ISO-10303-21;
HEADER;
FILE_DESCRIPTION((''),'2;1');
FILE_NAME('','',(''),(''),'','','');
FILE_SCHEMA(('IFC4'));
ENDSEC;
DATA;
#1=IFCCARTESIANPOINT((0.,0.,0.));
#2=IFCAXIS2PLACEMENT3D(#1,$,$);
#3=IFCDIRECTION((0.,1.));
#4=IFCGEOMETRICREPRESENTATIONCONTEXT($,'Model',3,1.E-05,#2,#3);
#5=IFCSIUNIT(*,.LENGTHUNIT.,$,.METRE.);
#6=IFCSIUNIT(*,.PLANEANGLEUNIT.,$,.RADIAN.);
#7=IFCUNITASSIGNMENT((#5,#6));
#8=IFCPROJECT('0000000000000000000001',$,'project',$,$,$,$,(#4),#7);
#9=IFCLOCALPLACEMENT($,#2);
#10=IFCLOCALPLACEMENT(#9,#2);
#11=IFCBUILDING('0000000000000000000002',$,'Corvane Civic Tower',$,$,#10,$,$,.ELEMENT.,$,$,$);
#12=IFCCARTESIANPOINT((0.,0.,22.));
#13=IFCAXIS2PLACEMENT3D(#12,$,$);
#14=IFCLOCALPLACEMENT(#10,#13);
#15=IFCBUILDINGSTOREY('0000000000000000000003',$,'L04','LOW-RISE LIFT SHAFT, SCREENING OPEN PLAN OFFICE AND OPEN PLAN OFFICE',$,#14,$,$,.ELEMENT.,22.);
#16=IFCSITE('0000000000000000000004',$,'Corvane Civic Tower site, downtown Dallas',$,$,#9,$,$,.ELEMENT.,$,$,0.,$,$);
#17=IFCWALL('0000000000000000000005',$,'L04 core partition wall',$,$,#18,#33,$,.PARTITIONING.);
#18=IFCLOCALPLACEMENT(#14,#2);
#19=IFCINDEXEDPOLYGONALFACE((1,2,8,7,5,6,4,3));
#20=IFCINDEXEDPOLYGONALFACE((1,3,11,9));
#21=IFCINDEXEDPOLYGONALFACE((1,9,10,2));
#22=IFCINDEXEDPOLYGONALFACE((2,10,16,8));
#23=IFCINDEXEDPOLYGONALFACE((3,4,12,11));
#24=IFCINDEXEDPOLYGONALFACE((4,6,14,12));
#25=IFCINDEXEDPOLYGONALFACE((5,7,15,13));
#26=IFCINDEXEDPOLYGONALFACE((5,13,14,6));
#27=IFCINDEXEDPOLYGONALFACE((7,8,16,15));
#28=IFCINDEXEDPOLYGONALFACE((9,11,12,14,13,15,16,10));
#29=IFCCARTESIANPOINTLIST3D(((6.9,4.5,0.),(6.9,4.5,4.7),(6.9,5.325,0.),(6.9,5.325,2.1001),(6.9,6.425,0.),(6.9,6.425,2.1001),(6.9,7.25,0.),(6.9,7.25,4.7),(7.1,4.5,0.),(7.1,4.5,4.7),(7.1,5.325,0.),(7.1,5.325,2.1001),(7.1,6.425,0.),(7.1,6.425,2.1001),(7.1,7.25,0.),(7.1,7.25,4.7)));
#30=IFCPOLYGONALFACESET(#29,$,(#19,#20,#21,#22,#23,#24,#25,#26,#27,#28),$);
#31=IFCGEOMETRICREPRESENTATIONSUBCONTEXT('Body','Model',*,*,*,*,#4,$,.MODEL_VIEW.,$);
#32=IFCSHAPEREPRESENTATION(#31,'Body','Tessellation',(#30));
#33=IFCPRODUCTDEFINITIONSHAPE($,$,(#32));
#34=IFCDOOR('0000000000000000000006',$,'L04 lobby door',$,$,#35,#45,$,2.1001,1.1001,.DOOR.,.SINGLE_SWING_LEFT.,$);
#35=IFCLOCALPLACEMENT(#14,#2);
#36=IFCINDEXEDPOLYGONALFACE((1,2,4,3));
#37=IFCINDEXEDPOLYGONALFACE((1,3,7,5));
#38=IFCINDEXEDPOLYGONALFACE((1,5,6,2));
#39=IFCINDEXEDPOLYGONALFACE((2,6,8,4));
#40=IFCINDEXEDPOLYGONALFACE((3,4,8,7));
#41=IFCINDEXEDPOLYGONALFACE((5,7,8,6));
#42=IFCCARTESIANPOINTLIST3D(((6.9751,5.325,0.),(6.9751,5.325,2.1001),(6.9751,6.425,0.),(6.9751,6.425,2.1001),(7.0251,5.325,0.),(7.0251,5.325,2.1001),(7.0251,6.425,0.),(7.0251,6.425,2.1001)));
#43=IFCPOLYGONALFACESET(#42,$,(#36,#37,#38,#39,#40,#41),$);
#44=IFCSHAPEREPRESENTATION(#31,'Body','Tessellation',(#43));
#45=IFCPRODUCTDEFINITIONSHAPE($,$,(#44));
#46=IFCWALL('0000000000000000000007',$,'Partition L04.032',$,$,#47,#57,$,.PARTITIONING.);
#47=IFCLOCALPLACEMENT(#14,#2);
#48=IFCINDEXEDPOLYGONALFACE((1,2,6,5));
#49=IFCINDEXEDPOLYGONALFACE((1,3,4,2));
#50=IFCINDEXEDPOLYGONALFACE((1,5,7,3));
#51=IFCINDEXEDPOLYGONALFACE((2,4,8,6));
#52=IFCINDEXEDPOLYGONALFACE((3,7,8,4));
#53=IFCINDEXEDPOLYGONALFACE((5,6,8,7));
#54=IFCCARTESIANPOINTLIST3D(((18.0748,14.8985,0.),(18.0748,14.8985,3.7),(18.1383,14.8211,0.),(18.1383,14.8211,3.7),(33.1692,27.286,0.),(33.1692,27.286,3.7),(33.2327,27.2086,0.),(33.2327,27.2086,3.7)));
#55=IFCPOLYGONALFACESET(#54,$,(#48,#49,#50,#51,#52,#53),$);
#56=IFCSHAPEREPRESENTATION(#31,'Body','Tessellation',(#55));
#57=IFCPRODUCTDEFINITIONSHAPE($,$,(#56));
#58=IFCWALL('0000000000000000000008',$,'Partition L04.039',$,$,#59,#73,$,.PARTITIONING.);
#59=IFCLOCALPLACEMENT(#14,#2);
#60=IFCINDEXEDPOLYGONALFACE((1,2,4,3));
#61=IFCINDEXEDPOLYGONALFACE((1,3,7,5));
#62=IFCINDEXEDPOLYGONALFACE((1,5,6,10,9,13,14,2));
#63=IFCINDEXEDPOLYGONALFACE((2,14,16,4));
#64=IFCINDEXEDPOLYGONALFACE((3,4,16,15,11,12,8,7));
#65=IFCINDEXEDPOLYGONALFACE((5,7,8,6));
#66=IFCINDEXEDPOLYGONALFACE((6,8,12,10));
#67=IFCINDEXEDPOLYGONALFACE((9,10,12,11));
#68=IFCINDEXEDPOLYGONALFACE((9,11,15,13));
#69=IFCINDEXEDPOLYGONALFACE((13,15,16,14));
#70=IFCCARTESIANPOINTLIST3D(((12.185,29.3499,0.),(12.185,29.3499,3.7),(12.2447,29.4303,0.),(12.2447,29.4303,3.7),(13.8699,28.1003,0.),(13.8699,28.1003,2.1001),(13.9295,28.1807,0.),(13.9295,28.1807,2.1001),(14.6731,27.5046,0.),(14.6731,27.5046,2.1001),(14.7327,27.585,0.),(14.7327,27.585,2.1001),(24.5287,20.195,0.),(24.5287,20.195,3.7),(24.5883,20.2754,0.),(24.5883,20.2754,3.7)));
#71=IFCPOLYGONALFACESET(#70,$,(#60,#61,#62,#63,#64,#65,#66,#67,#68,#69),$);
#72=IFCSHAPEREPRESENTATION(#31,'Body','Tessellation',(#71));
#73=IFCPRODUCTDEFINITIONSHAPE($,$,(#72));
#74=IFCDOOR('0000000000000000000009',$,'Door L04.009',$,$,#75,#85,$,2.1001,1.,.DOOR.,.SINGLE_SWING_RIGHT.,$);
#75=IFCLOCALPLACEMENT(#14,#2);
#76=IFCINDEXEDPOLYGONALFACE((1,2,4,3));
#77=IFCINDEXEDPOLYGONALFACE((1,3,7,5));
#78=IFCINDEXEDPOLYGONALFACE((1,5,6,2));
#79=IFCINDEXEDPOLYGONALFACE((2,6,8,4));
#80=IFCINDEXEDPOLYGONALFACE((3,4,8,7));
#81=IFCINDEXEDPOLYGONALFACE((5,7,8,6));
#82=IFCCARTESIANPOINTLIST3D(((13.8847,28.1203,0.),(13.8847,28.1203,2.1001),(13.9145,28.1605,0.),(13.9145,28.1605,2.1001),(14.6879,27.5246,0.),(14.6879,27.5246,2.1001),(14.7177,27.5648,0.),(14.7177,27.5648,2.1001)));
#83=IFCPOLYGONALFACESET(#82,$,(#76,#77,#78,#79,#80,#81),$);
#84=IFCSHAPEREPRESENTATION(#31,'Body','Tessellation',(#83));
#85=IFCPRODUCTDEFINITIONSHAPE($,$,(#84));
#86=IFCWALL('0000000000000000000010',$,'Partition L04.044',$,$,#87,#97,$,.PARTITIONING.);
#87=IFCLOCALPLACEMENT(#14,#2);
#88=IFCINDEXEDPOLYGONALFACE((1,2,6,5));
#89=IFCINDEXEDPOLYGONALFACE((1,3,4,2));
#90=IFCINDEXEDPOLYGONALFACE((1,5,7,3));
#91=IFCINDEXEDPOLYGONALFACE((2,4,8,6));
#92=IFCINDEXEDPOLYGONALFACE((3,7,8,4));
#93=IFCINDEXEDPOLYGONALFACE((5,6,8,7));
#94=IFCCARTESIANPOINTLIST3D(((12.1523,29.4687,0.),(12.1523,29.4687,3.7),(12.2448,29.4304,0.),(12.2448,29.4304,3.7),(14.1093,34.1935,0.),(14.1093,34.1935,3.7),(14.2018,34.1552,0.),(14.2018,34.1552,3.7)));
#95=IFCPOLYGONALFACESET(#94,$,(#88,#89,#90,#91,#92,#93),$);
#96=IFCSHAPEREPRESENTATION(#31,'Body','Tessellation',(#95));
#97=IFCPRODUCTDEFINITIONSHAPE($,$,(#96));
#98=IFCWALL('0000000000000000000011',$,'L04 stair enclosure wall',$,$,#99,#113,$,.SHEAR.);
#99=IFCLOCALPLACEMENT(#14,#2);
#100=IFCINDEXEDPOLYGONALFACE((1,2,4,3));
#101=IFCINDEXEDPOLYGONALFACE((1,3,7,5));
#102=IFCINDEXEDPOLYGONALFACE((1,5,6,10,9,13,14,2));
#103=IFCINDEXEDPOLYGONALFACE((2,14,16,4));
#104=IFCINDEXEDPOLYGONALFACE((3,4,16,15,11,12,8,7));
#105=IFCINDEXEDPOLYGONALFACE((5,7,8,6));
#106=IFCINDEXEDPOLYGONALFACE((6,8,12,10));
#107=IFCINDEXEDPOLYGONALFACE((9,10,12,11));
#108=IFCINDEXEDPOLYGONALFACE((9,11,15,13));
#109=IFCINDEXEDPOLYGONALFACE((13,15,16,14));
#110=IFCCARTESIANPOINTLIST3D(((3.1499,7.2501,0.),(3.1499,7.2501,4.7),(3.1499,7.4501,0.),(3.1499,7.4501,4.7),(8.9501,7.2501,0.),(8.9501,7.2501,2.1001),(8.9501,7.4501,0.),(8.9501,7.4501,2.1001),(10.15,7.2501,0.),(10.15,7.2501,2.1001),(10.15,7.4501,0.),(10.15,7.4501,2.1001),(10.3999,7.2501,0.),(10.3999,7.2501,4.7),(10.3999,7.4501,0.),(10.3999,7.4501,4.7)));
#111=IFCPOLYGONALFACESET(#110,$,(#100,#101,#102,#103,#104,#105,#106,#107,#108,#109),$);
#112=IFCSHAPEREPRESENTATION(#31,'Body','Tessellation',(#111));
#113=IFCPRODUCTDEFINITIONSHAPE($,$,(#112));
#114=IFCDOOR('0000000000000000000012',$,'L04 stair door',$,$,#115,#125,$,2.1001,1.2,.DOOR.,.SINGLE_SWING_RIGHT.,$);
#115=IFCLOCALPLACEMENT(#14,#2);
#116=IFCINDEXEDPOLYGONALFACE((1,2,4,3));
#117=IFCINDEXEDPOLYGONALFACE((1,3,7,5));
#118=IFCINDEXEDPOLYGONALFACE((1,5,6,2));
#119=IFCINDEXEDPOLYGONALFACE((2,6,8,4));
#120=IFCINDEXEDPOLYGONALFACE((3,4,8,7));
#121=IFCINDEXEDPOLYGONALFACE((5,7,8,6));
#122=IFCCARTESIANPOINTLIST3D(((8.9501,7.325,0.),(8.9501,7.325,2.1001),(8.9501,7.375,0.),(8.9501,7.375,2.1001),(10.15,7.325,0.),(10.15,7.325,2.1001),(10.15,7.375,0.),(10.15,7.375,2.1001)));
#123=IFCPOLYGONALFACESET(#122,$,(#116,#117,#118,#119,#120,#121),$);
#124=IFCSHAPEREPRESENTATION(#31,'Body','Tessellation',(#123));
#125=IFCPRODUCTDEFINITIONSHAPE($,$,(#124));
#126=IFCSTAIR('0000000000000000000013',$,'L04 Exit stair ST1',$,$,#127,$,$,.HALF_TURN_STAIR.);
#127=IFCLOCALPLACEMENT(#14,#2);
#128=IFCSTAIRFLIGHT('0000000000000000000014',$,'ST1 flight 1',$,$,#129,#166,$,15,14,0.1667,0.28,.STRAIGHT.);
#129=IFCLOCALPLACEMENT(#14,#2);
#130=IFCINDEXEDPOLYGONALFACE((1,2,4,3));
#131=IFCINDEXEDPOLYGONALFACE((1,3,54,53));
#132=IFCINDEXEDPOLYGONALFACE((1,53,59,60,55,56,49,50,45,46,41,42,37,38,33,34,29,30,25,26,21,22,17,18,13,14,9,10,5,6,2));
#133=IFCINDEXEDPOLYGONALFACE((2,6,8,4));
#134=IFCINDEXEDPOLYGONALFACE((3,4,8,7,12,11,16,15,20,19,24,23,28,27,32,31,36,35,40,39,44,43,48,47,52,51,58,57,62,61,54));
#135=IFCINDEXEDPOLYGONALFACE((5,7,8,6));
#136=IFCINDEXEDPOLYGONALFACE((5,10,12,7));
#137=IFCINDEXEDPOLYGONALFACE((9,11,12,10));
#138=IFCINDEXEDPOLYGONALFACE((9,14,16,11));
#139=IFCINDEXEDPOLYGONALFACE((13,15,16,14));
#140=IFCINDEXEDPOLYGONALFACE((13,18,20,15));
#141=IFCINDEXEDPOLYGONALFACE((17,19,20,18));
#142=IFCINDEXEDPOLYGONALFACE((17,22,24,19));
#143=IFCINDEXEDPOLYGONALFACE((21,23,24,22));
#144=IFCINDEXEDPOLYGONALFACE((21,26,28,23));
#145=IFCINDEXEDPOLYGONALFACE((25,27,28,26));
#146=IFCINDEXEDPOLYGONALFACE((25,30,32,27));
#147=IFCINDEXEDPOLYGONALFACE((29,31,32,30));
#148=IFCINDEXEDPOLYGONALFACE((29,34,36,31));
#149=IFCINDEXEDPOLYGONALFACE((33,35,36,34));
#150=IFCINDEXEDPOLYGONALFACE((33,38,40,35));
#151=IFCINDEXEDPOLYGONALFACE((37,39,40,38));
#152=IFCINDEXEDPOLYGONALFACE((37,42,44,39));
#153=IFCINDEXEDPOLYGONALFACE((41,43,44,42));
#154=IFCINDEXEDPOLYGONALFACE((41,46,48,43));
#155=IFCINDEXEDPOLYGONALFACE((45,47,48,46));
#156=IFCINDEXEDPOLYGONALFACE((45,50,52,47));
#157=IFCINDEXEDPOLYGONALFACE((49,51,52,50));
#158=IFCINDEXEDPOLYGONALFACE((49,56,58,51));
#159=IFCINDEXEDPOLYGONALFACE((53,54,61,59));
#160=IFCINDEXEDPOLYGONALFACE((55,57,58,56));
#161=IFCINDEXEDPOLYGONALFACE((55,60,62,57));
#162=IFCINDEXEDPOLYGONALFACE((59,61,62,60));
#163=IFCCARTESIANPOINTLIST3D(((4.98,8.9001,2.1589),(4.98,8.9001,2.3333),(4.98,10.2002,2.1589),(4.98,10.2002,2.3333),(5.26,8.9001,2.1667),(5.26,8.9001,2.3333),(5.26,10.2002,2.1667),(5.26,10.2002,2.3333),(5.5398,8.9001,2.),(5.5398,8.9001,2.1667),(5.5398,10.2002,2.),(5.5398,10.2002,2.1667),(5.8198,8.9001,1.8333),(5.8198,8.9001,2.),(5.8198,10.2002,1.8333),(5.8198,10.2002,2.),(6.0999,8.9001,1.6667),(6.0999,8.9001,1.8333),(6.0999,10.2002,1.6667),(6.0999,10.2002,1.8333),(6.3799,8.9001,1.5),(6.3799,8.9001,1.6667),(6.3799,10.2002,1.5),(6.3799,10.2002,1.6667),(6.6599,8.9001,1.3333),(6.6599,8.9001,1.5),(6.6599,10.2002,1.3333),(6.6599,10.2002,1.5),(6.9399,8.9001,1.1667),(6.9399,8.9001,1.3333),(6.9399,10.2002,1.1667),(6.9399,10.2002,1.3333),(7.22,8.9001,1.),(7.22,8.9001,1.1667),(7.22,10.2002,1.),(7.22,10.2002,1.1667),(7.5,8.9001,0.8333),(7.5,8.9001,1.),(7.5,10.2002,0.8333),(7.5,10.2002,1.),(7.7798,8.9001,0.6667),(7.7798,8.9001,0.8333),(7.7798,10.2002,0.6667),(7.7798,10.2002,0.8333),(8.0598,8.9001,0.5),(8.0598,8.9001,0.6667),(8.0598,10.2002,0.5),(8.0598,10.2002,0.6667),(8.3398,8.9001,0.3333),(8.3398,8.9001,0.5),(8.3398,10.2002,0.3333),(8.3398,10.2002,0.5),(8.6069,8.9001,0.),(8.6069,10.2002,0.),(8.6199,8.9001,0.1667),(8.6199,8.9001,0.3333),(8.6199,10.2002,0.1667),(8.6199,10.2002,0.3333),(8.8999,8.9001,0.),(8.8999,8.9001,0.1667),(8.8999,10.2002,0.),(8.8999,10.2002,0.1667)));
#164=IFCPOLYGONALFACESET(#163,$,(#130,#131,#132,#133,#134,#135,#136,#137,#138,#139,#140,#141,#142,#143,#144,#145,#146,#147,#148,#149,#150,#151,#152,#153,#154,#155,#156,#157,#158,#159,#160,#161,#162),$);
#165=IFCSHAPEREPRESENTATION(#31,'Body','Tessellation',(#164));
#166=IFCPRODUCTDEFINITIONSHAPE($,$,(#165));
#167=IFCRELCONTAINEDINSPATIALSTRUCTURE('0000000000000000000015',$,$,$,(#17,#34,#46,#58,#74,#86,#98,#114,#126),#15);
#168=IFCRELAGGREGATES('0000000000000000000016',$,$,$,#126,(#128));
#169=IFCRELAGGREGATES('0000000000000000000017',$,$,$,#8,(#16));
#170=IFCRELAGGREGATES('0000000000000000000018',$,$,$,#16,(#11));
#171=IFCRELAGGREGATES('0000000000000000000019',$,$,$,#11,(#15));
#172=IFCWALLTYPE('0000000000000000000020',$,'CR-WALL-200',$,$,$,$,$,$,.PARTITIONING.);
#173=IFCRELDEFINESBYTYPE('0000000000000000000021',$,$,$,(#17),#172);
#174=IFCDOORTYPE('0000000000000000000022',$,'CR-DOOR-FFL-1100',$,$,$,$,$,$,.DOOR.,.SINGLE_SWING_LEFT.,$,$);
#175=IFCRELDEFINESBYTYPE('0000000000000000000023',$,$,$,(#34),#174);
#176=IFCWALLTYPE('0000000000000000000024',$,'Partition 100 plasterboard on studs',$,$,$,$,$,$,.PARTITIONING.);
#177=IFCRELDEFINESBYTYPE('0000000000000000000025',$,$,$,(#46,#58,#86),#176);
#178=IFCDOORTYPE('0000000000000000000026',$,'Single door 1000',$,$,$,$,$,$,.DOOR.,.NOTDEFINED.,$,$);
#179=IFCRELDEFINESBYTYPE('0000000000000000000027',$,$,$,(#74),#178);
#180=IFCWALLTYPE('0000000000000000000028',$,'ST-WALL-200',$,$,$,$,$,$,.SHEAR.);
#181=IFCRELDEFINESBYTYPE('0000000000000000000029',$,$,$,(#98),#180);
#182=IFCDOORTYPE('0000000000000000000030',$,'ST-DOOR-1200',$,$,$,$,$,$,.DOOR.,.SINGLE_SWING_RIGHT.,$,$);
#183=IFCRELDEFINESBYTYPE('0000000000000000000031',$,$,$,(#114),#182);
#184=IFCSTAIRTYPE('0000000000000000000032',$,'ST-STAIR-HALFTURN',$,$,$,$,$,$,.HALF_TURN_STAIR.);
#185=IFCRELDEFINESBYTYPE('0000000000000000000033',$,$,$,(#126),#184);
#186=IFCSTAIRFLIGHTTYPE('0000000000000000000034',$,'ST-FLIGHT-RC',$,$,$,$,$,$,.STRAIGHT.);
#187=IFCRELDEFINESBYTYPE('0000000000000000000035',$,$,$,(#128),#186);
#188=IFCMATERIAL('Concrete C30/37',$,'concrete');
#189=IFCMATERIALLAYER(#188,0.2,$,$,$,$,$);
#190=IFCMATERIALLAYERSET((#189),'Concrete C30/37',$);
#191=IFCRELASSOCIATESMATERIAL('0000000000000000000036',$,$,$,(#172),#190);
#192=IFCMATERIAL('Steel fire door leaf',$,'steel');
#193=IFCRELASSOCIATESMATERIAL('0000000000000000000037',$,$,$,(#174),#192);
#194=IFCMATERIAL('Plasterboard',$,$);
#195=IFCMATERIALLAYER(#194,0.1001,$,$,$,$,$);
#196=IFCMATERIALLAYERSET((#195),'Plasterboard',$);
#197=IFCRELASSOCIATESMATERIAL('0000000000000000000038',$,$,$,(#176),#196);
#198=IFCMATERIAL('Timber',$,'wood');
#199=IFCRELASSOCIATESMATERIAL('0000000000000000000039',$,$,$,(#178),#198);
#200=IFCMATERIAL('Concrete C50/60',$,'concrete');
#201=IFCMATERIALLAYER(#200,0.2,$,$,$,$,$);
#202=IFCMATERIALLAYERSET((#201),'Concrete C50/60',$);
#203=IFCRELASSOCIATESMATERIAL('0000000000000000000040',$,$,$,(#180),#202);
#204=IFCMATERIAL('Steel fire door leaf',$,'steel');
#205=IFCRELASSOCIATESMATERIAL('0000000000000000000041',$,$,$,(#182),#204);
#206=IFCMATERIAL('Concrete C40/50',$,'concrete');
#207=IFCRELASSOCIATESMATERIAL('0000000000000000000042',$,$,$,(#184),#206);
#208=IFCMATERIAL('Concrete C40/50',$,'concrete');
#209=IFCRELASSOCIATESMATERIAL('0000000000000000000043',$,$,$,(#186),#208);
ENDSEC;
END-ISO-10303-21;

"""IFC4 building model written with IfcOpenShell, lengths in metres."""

from ifc_helpers import new_model, si_unit, direction, frame, frame_2d, origin, place, context, subcontext, project, spatial, polyline, rectangle, outline, extrude, material, layer, layer_set, type_object, element, fill, aggregate, save


model = new_model("IFC4")

# Units and contexts
model_context = context("Model", 3, precision=1e-05, world=origin(), true_north=direction((0.0, 1.0)))
body_context = subcontext(model_context, "Body", "Model", "MODEL_VIEW")
ifc_project = project(units=[si_unit("LENGTHUNIT", "METRE"), si_unit("PLANEANGLEUNIT", "RADIAN")], contexts=[model_context])

# Site, building, storey
site_placement = place(None, origin())
site = spatial("IfcSite", under=ifc_project, at=site_placement, Name="Corvane Civic Tower site, downtown Dallas", CompositionType="ELEMENT", RefElevation=0.0)
building_placement = place(site_placement, origin())
building = spatial("IfcBuilding", under=site, at=building_placement, Name="Corvane Civic Tower", CompositionType="ELEMENT")
storey_placement = place(building_placement, frame((0.0, 0.0, 22.0)))
storey = spatial("IfcBuildingStorey", under=building, at=storey_placement, Name="L04", Description="LOW-RISE LIFT SHAFT, SCREENING OPEN PLAN OFFICE AND OPEN PLAN OFFICE", CompositionType="ELEMENT", Elevation=22.0)

# Wall, opening, door
ifc_material_1 = material(Name="Concrete C30/37", Category="concrete")
ifc_layer_1 = layer(ifc_material_1, 0.2)
ifc_layer_set_1 = layer_set([ifc_layer_1], Name="Concrete C30/37")
wall_type_1 = type_object("IfcWallType", Name="CR-WALL-200", PredefinedType="PARTITIONING", material=ifc_layer_set_1)
wall_1_placement = place(storey_placement, frame((7.0, 4.5, 0.0), z_axis=(0.0, 0.0, 1.0), x_axis=(0.0, 1.0, 0.0)))
wall_1 = element("IfcWall", 1, at=wall_1_placement, inside=storey, type_object=wall_type_1, Name="L04 core partition wall", PredefinedType="PARTITIONING", context=body_context, shape_type="SweptSolid", body=[
    extrude(rectangle(XDim=2.75, YDim=0.2, at=frame_2d((1.375, 0.0))), origin(), (0.0, 0.0, 1.0), 4.7),
])
opening_1_placement = place(wall_1_placement, frame((0.825, 0.0, 0.0)))
opening_1 = element("IfcOpeningElement", 2, at=opening_1_placement, cuts=wall_1, PredefinedType="OPENING", context=body_context, shape_type="SweptSolid", body=[
    extrude(rectangle(XDim=1.1001, YDim=2.1001, at=frame_2d((0.55, 1.05))), frame((0.0, 0.1099, 0.0), z_axis=(0.0, -1.0, 0.0), x_axis=(1.0, 0.0, 0.0)), (0.0, 0.0, 1.0), 0.22),
])
ifc_material_2 = material(Name="Steel fire door leaf", Category="steel")
door_type_1 = type_object("IfcDoorType", Name="CR-DOOR-FFL-1100", OperationType="SINGLE_SWING_LEFT", PredefinedType="DOOR", material=ifc_material_2)
door_1_placement = place(opening_1_placement, origin())
door_1 = element("IfcDoor", 3, at=door_1_placement, inside=storey, type_object=door_type_1, Name="L04 lobby door", OperationType="SINGLE_SWING_LEFT", OverallHeight=2.1001, OverallWidth=1.1001, PredefinedType="DOOR", context=body_context, shape_type="SweptSolid", body=[
    extrude(rectangle(XDim=1.1001, YDim=2.1001, at=frame_2d((0.55, 1.05))), frame((0.0, 0.0249, 0.0), z_axis=(0.0, -1.0, 0.0), x_axis=(1.0, 0.0, 0.0)), (0.0, 0.0, 1.0), 0.05),
])
fill(opening_1, door_1)

# Wall
ifc_material_3 = material(Name="Plasterboard")
ifc_layer_2 = layer(ifc_material_3, 0.1001)
ifc_layer_set_2 = layer_set([ifc_layer_2], Name="Plasterboard")
wall_type_2 = type_object("IfcWallType", Name="Partition 100 plasterboard on studs", PredefinedType="PARTITIONING", material=ifc_layer_set_2)
wall_2_placement = place(storey_placement, frame((18.1067, 14.8599, 0.0), z_axis=(0.0, 0.0, 1.0), x_axis=(0.773012, 0.634391, 0.0)))
element("IfcWall", 4, at=wall_2_placement, inside=storey, type_object=wall_type_2, Name="Partition L04.032", PredefinedType="PARTITIONING", context=body_context, shape_type="SweptSolid", body=[
    extrude(rectangle(XDim=19.5266, YDim=0.1001, at=frame_2d((9.7632, 0.0))), origin(), (0.0, 0.0, 1.0), 3.7),
])

# Wall, opening, door
wall_3_placement = place(storey_placement, frame((12.2148, 29.3901, 0.0), z_axis=(0.0, 0.0, 1.0), x_axis=(0.803199, -0.595711, 0.0)))
wall_3 = element("IfcWall", 5, at=wall_3_placement, inside=storey, type_object=wall_type_2, Name="Partition L04.039", PredefinedType="PARTITIONING", context=body_context, shape_type="SweptSolid", body=[
    extrude(rectangle(XDim=15.3682, YDim=0.1001, at=frame_2d((7.6841, 0.0))), origin(), (0.0, 0.0, 1.0), 3.7),
])
opening_2_placement = place(wall_3_placement, frame((2.0977, 0.0, 0.0)))
opening_2 = element("IfcOpeningElement", 6, at=opening_2_placement, cuts=wall_3, PredefinedType="OPENING", context=body_context, shape_type="SweptSolid", body=[
    extrude(rectangle(XDim=1.0, YDim=2.1001, at=frame_2d((0.5, 1.05))), frame((0.0, 0.0601, 0.0), z_axis=(0.0, -1.0, 0.0), x_axis=(1.0, 0.0, 0.0)), (0.0, 0.0, 1.0), 0.1201),
])
ifc_material_4 = material(Name="Timber", Category="wood")
door_type_2 = type_object("IfcDoorType", Name="Single door 1000", OperationType="NOTDEFINED", PredefinedType="DOOR", material=ifc_material_4)
door_2_placement = place(opening_2_placement, origin())
door_2 = element("IfcDoor", 7, at=door_2_placement, inside=storey, type_object=door_type_2, Name="Door L04.009", OperationType="SINGLE_SWING_RIGHT", OverallHeight=2.1001, OverallWidth=1.0, PredefinedType="DOOR", context=body_context, shape_type="SweptSolid", body=[
    extrude(rectangle(XDim=1.0, YDim=2.1001, at=frame_2d((0.5, 1.05))), frame((0.0, 0.0249, 0.0), z_axis=(0.0, -1.0, 0.0), x_axis=(1.0, 0.0, 0.0)), (0.0, 0.0, 1.0), 0.05),
])
fill(opening_2, door_2)

# Wall
wall_4_placement = place(storey_placement, frame((12.1985, 29.4495, 0.0), z_axis=(0.0, 0.0, 1.0), x_axis=(0.382672, 0.923884, 0.0)))
element("IfcWall", 8, at=wall_4_placement, inside=storey, type_object=wall_type_2, Name="Partition L04.044", PredefinedType="PARTITIONING", context=body_context, shape_type="SweptSolid", body=[
    extrude(rectangle(XDim=5.114, YDim=0.1001, at=frame_2d((2.5571, 0.0))), origin(), (0.0, 0.0, 1.0), 3.7),
])

# Wall, opening, door
ifc_material_5 = material(Name="Concrete C50/60", Category="concrete")
ifc_layer_3 = layer(ifc_material_5, 0.2)
ifc_layer_set_3 = layer_set([ifc_layer_3], Name="Concrete C50/60")
wall_type_3 = type_object("IfcWallType", Name="ST-WALL-200", PredefinedType="SHEAR", material=ifc_layer_set_3)
wall_5_placement = place(storey_placement, frame((3.1499, 7.3501, 0.0), z_axis=(0.0, 0.0, 1.0), x_axis=(1.0, 0.0, 0.0)))
wall_5 = element("IfcWall", 9, at=wall_5_placement, inside=storey, type_object=wall_type_3, Name="L04 stair enclosure wall", PredefinedType="SHEAR", context=body_context, shape_type="SweptSolid", body=[
    extrude(rectangle(XDim=7.25, YDim=0.2, at=frame_2d((3.625, 0.0))), origin(), (0.0, 0.0, 1.0), 4.7),
])
opening_3_placement = place(wall_5_placement, frame((5.8, 0.0, 0.0)))
opening_3 = element("IfcOpeningElement", 10, at=opening_3_placement, cuts=wall_5, PredefinedType="OPENING", context=body_context, shape_type="SweptSolid", body=[
    extrude(rectangle(XDim=1.2, YDim=2.1001, at=frame_2d((0.6001, 1.05))), frame((0.0, 0.1099, 0.0), z_axis=(0.0, -1.0, 0.0), x_axis=(1.0, 0.0, 0.0)), (0.0, 0.0, 1.0), 0.22),
])
ifc_material_6 = material(Name="Steel fire door leaf", Category="steel")
door_type_3 = type_object("IfcDoorType", Name="ST-DOOR-1200", OperationType="SINGLE_SWING_RIGHT", PredefinedType="DOOR", material=ifc_material_6)
door_3_placement = place(opening_3_placement, origin())
door_3 = element("IfcDoor", 11, at=door_3_placement, inside=storey, type_object=door_type_3, Name="L04 stair door", OperationType="SINGLE_SWING_RIGHT", OverallHeight=2.1001, OverallWidth=1.2, PredefinedType="DOOR", context=body_context, shape_type="SweptSolid", body=[
    extrude(rectangle(XDim=1.2, YDim=2.1001, at=frame_2d((0.6001, 1.05))), frame((0.0, 0.0249, 0.0), z_axis=(0.0, -1.0, 0.0), x_axis=(1.0, 0.0, 0.0)), (0.0, 0.0, 1.0), 0.05),
])
fill(opening_3, door_3)

# Stair, stair flight
ifc_material_7 = material(Name="Concrete C40/50", Category="concrete")
stair_type = type_object("IfcStairType", Name="ST-STAIR-HALFTURN", PredefinedType="HALF_TURN_STAIR", material=ifc_material_7)
stair_placement = place(storey_placement, origin())
stair = element("IfcStair", 12, at=stair_placement, inside=storey, type_object=stair_type, Name="L04 Exit stair ST1", PredefinedType="HALF_TURN_STAIR")
ifc_material_8 = material(Name="Concrete C40/50", Category="concrete")
stair_flight_type = type_object("IfcStairFlightType", Name="ST-FLIGHT-RC", PredefinedType="STRAIGHT", material=ifc_material_8)
stair_flight_1_placement = place(storey_placement, frame((8.8999, 9.55, 0.0), z_axis=(0.0, 0.0, 1.0), x_axis=(-1.0, 0.0, 0.0)))
stair_flight_1 = element("IfcStairFlight", 13, at=stair_flight_1_placement, type_object=stair_flight_type, Name="ST1 flight 1", NumberOfRisers=15, NumberOfTreads=14, PredefinedType="STRAIGHT", RiserHeight=0.1667, TreadLength=0.28, context=body_context, shape_type="SweptSolid", body=[
    extrude(outline(polyline([(0.0, 0.0), (0.0, 0.1667), (0.28, 0.1667), (0.28, 0.3333), (0.5601, 0.3333), (0.5601, 0.5), (0.8401, 0.5), (0.8401, 0.6667), (1.1201, 0.6667), (1.1201, 0.8333), (1.3999, 0.8333), (1.3999, 1.0), (1.6799, 1.0), (1.6799, 1.1667), (1.96, 1.1667), (1.96, 1.3333), (2.24, 1.3333), (2.24, 1.5), (2.52, 1.5), (2.52, 1.6667), (2.8, 1.6667), (2.8, 1.8333), (3.0801, 1.8333), (3.0801, 2.0), (3.3601, 2.0), (3.3601, 2.1667), (3.6399, 2.1667), (3.6399, 2.3333), (3.9199, 2.3333), (3.9199, 2.5), (3.9199, 2.1589), (0.293, 0.0), (0.0, 0.0)])), frame((0.0, 0.6499, 0.0), z_axis=(0.0, -1.0, 0.0), x_axis=(1.0, 0.0, 0.0)), (0.0, 0.0, 1.0), 1.3),
])
aggregate(stair, [stair_flight_1])

save(model, "model.ifc")
